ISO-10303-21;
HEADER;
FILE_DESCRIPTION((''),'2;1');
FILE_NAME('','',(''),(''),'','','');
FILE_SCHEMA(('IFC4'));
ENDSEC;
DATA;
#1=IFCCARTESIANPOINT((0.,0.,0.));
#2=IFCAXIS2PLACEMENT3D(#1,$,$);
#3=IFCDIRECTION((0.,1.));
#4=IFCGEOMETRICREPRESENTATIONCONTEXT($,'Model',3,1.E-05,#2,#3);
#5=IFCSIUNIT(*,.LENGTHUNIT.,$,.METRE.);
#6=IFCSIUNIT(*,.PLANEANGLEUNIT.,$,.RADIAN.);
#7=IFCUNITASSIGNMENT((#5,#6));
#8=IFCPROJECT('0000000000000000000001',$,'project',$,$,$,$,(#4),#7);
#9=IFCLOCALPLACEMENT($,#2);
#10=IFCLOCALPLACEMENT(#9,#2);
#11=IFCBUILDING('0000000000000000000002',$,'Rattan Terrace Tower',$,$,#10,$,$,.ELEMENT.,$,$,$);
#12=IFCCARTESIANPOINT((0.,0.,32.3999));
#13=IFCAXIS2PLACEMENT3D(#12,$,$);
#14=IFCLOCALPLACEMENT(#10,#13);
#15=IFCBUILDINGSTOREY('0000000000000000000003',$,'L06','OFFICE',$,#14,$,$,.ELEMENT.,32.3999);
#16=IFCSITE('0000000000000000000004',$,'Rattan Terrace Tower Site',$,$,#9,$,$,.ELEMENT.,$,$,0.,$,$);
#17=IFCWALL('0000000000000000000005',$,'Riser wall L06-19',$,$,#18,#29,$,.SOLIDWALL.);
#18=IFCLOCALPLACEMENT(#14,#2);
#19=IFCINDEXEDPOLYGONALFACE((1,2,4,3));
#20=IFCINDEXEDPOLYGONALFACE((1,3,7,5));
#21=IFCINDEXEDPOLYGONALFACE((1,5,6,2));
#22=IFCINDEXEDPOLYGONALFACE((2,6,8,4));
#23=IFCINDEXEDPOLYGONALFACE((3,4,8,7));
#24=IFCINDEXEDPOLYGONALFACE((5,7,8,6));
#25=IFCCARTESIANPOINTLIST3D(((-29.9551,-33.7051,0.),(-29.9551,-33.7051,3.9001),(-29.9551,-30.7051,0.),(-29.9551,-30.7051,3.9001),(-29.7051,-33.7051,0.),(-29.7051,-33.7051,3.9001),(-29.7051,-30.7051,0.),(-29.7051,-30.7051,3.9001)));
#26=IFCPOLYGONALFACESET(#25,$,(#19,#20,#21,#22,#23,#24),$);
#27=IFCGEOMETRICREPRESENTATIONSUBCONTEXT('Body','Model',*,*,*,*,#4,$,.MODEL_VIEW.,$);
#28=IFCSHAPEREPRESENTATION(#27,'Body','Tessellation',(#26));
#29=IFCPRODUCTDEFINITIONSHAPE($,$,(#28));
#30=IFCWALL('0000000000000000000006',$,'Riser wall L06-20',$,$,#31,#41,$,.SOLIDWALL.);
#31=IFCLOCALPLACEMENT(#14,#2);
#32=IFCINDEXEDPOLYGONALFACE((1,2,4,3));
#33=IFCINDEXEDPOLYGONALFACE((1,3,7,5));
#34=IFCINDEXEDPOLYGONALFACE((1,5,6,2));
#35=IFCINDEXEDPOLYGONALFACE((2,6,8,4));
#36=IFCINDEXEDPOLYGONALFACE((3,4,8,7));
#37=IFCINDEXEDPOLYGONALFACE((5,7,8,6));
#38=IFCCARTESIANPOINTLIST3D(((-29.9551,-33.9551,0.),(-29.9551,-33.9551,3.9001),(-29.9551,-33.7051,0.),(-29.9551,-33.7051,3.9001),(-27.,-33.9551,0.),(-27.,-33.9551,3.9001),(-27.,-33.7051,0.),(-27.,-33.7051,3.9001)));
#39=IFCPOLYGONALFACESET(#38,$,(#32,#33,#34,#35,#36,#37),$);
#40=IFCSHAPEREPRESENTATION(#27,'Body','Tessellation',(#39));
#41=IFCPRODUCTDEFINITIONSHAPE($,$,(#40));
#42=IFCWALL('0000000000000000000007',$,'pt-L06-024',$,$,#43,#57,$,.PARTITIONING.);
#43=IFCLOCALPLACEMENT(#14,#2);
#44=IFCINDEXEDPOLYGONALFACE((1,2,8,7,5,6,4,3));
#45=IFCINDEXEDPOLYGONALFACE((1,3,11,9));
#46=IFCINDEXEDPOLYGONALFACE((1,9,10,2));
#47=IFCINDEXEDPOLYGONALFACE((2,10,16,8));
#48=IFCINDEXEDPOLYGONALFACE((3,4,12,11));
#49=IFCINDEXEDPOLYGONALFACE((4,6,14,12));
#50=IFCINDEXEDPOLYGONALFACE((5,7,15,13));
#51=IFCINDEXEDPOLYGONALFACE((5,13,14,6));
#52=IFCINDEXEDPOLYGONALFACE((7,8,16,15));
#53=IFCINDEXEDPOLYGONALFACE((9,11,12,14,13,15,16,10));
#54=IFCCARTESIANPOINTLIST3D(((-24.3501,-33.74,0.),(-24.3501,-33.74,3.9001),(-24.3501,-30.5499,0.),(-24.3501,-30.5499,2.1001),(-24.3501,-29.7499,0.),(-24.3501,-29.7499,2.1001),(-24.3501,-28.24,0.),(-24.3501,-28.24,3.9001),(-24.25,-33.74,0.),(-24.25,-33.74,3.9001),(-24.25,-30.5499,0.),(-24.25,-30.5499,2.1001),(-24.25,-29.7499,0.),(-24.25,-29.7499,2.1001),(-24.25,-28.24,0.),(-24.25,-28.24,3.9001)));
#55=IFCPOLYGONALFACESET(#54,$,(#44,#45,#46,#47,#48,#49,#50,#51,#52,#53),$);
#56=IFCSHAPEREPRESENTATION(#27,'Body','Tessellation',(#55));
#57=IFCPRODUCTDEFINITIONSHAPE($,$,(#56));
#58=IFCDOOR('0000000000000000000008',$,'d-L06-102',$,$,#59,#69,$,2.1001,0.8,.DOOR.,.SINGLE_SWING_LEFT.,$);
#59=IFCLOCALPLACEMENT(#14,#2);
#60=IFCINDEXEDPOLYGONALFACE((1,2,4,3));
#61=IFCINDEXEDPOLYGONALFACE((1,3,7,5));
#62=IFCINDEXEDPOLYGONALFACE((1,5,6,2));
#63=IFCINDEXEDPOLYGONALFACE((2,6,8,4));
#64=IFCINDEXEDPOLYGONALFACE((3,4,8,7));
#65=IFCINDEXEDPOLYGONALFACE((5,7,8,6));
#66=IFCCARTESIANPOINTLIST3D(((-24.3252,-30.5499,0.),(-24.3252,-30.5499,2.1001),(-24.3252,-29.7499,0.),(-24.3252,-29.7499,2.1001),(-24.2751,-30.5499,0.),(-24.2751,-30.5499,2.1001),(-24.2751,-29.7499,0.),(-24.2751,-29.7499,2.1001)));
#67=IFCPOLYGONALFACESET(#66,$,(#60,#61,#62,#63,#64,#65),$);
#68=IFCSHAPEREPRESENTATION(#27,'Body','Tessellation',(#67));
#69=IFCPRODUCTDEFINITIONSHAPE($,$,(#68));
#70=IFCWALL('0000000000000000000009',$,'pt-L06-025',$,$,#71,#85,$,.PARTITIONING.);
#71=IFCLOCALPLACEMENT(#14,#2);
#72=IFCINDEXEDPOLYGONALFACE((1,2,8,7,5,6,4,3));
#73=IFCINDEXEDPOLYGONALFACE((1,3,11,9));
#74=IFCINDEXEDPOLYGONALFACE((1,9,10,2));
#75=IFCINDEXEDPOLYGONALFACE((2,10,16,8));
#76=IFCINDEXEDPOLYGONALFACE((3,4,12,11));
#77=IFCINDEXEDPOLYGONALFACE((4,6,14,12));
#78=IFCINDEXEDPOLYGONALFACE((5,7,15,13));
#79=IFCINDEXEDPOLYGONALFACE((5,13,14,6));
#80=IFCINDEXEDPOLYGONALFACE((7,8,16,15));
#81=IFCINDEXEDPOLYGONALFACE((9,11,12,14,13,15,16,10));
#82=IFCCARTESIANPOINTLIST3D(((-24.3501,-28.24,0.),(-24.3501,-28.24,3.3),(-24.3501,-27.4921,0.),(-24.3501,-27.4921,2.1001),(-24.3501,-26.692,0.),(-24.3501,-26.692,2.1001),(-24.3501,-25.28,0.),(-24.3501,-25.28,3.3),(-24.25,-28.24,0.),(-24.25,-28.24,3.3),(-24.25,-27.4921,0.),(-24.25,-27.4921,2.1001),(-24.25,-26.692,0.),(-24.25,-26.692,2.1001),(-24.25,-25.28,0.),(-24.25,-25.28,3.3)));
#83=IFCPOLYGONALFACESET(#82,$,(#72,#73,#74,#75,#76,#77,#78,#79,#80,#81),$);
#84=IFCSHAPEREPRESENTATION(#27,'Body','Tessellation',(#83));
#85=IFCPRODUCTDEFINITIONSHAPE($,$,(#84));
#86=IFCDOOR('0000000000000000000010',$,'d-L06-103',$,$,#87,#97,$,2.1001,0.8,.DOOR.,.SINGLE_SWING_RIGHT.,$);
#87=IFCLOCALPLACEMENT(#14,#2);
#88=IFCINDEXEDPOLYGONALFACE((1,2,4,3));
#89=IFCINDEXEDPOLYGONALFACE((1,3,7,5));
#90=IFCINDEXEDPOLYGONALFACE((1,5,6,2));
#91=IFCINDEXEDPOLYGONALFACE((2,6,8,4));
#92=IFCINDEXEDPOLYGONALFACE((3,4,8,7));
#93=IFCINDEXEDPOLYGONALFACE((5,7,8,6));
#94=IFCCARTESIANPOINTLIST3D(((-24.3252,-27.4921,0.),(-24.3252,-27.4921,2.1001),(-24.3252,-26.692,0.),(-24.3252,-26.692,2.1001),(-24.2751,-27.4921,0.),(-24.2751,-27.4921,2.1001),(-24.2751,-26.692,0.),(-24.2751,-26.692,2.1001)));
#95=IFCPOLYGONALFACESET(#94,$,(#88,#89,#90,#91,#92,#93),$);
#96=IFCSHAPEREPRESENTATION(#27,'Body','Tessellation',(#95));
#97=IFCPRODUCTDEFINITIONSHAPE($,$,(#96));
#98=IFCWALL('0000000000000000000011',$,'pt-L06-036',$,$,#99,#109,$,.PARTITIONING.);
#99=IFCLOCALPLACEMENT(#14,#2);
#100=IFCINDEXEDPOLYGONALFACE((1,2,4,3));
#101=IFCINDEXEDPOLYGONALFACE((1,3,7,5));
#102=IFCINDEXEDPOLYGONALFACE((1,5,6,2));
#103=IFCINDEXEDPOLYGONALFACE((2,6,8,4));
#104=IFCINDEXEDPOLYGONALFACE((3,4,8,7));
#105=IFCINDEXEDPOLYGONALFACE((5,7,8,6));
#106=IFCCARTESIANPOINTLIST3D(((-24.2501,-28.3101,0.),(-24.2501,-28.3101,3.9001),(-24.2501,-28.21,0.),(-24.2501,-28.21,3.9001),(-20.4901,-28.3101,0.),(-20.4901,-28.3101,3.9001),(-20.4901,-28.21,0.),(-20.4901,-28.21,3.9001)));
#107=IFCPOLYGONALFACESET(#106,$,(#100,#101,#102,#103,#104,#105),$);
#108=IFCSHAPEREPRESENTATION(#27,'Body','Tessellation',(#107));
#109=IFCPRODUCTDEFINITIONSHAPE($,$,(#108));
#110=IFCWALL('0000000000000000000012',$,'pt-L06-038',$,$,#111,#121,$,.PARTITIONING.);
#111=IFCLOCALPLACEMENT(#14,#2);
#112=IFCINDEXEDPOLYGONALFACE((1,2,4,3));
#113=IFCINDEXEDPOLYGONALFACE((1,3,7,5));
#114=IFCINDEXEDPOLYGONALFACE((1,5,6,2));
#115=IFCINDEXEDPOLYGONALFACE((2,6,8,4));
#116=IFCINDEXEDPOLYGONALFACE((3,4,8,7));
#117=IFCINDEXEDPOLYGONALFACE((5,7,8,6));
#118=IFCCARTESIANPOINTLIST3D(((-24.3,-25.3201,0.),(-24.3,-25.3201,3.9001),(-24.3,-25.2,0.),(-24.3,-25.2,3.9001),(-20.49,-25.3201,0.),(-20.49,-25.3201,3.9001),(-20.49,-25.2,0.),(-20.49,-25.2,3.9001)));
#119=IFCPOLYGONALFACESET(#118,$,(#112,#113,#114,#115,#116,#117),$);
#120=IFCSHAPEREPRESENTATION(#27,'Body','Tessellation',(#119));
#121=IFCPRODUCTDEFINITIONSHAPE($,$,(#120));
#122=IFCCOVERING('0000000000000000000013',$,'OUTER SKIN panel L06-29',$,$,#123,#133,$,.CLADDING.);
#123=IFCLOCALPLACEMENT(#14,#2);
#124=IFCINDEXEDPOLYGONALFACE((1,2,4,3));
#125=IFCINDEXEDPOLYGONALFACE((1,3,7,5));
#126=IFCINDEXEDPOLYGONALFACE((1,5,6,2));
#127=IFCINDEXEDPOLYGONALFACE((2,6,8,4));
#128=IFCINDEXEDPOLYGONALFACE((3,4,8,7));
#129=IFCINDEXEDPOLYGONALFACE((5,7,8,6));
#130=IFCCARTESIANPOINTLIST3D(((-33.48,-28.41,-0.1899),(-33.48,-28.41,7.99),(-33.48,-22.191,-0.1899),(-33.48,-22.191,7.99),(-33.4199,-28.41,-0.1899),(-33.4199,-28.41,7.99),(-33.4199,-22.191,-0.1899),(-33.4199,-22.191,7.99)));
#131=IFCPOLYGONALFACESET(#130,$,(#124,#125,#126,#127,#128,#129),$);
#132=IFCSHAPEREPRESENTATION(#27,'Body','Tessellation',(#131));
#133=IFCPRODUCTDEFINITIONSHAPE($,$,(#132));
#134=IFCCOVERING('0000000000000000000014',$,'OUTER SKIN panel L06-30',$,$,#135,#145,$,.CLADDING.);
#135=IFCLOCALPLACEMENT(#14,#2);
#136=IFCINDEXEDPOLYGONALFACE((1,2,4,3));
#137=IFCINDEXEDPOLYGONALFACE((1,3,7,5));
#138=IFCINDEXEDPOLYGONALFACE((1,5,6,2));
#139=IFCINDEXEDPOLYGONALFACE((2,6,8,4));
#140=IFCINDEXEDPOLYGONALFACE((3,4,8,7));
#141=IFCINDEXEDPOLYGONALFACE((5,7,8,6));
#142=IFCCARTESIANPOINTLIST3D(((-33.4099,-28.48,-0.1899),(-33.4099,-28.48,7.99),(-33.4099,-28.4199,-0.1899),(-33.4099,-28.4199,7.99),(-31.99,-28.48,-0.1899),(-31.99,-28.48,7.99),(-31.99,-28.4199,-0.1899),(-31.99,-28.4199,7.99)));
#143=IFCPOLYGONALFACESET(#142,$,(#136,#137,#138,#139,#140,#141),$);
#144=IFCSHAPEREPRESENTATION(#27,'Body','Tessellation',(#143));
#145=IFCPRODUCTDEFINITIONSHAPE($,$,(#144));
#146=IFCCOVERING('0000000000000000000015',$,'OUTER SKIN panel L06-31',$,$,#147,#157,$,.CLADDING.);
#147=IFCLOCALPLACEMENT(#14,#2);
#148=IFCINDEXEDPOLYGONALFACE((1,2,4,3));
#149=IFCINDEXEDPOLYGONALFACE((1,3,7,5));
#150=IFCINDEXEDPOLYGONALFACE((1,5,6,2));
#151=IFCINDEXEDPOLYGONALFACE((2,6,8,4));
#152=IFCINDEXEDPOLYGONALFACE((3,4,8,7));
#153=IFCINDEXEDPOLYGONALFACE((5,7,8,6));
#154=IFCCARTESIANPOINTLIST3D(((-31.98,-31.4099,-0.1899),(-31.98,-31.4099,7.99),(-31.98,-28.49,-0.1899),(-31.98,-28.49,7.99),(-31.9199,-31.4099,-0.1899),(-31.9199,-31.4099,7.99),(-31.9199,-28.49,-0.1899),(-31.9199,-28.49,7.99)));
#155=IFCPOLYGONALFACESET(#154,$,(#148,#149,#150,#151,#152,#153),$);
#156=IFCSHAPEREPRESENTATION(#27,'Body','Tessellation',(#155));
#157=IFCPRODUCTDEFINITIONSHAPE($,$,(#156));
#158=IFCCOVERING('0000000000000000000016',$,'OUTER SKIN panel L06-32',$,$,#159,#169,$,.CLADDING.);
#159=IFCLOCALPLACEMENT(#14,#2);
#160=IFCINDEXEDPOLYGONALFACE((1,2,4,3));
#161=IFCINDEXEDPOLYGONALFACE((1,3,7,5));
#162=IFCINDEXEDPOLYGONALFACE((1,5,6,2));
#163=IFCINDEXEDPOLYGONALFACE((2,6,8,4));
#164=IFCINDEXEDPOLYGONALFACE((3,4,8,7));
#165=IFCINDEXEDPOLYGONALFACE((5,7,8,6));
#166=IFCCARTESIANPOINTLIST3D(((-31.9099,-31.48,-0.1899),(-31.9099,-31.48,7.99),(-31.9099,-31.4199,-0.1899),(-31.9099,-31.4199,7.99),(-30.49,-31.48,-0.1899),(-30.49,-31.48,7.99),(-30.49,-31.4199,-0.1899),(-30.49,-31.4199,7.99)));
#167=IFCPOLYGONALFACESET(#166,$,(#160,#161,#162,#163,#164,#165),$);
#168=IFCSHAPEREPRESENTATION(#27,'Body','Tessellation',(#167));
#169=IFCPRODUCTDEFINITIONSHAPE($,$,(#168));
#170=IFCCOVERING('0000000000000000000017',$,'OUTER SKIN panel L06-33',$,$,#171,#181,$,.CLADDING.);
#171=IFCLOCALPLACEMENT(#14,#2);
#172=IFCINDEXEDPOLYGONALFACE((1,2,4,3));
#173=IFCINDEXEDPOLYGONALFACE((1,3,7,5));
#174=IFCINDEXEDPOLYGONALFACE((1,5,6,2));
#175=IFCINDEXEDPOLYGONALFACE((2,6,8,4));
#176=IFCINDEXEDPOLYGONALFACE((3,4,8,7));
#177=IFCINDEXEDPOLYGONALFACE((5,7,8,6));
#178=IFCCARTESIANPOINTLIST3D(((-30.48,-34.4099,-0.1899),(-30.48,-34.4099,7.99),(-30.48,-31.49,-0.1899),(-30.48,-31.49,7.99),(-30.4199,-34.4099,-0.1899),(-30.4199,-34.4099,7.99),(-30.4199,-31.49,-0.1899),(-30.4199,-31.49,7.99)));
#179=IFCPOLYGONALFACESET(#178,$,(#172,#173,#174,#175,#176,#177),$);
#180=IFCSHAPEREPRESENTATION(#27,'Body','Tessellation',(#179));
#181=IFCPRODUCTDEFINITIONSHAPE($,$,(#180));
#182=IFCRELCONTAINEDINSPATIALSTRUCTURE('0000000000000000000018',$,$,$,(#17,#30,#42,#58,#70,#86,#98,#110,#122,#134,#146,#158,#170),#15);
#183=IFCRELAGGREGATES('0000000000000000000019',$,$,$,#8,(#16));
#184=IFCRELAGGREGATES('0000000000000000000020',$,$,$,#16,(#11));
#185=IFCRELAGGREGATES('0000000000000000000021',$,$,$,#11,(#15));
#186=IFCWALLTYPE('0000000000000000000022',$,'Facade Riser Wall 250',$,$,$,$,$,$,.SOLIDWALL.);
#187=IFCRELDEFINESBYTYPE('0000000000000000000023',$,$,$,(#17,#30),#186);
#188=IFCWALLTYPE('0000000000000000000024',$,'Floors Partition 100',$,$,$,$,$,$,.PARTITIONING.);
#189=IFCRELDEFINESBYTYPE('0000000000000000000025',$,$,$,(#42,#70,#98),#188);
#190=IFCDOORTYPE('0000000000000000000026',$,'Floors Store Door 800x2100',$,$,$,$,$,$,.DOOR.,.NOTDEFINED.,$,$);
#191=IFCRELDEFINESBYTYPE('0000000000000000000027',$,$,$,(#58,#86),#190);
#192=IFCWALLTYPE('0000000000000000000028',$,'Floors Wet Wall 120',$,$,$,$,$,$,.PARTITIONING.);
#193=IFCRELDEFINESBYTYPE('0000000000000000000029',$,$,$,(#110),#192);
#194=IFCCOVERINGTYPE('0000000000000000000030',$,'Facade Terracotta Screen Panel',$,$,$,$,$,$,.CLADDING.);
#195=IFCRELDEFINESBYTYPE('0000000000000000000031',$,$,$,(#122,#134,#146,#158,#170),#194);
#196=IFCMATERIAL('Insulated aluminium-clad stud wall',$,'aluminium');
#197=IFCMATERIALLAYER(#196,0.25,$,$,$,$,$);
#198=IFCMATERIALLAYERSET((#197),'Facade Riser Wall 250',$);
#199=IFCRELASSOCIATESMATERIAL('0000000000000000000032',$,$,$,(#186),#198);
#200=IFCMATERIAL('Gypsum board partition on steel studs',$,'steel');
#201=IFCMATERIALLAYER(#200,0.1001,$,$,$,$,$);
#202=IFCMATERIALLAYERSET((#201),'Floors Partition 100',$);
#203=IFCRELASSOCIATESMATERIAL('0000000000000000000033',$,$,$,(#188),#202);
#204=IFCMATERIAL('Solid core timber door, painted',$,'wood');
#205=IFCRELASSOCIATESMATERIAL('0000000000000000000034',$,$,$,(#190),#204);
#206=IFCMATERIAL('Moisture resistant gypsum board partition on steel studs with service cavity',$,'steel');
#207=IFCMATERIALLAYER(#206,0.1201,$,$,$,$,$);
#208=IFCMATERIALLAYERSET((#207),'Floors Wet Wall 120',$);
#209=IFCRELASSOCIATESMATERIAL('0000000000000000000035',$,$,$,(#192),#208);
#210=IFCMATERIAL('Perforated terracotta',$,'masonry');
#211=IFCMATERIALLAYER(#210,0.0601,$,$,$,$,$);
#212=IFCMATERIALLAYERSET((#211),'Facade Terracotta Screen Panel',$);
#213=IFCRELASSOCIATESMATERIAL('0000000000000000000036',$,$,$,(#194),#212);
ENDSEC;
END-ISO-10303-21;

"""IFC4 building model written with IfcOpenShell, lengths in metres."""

from ifc_helpers import new_model, si_unit, direction, frame, frame_2d, origin, origin_2d, place, context, subcontext, project, spatial, rectangle, extrude, material, layer, layer_set, type_object, element, fill, save


model = new_model("IFC4")

# Units and contexts
model_context = context("Model", 3, precision=1e-05, world=origin(), true_north=direction((0.0, 1.0)))
body_context = subcontext(model_context, "Body", "Model", "MODEL_VIEW")
ifc_project = project(units=[si_unit("LENGTHUNIT", "METRE"), si_unit("PLANEANGLEUNIT", "RADIAN")], contexts=[model_context])

# Site, building, storey
site_placement = place(None, origin())
site = spatial("IfcSite", under=ifc_project, at=site_placement, Name="Rattan Terrace Tower Site", CompositionType="ELEMENT", RefElevation=0.0)
building_placement = place(site_placement, origin())
building = spatial("IfcBuilding", under=site, at=building_placement, Name="Rattan Terrace Tower", CompositionType="ELEMENT")
storey_placement = place(building_placement, frame((0.0, 0.0, 32.3999)))
storey = spatial("IfcBuildingStorey", under=building, at=storey_placement, Name="L06", Description="OFFICE", CompositionType="ELEMENT", Elevation=32.3999)

# Walls
ifc_material_1 = material(Name="Insulated aluminium-clad stud wall", Category="aluminium")
ifc_layer_1 = layer(ifc_material_1, 0.25)
ifc_layer_set_1 = layer_set([ifc_layer_1], Name="Facade Riser Wall 250")
wall_type_1 = type_object("IfcWallType", Name="Facade Riser Wall 250", PredefinedType="SOLIDWALL", material=ifc_layer_set_1)
wall_1_placement = place(storey_placement, frame((-29.8301, -30.7051, 0.0), z_axis=(0.0, 0.0, 1.0), x_axis=(0.0, -1.0, 0.0)))
element("IfcWall", 1, at=wall_1_placement, inside=storey, type_object=wall_type_1, Name="Riser wall L06-19", PredefinedType="SOLIDWALL", context=body_context, shape_type="SweptSolid", body=[
    extrude(rectangle(XDim=3.0, YDim=0.25, at=frame_2d((1.5, 0.0))), origin(), (0.0, 0.0, 1.0), 3.9001),
])
wall_2_placement = place(storey_placement, frame((-29.9551, -33.8301, 0.0), z_axis=(0.0, 0.0, 1.0), x_axis=(1.0, 0.0, 0.0)))
element("IfcWall", 2, at=wall_2_placement, inside=storey, type_object=wall_type_1, Name="Riser wall L06-20", PredefinedType="SOLIDWALL", context=body_context, shape_type="SweptSolid", body=[
    extrude(rectangle(XDim=2.9551, YDim=0.25, at=frame_2d((1.4775, 0.0))), origin(), (0.0, 0.0, 1.0), 3.9001),
])

# Walls, openings, doors
ifc_material_2 = material(Name="Gypsum board partition on steel studs", Category="steel")
ifc_layer_2 = layer(ifc_material_2, 0.1001)
ifc_layer_set_2 = layer_set([ifc_layer_2], Name="Floors Partition 100")
wall_type_2 = type_object("IfcWallType", Name="Floors Partition 100", PredefinedType="PARTITIONING", material=ifc_layer_set_2)
wall_3_placement = place(storey_placement, frame((-24.3, -28.24, 0.0), z_axis=(0.0, 0.0, 1.0), x_axis=(0.0, -1.0, 0.0)))
wall_3 = element("IfcWall", 3, at=wall_3_placement, inside=storey, type_object=wall_type_2, Name="pt-L06-024", PredefinedType="PARTITIONING", context=body_context, shape_type="SweptSolid", body=[
    extrude(rectangle(XDim=5.5, YDim=0.1001, at=frame_2d((2.75, 0.0))), origin(), (0.0, 0.0, 1.0), 3.9001),
])
opening_1_placement = place(wall_3_placement, frame((1.51, 0.0, 0.0)))
opening_1 = element("IfcOpeningElement", 4, at=opening_1_placement, cuts=wall_3, PredefinedType="OPENING", context=body_context, shape_type="SweptSolid", body=[
    extrude(rectangle(XDim=0.8, YDim=2.1001, at=frame_2d((0.3999, 1.05))), frame((0.0, 0.0605, 0.0), z_axis=(0.0, -1.0, 0.0), x_axis=(1.0, 0.0, 0.0)), (0.0, 0.0, 1.0), 0.1211),
])
ifc_material_3 = material(Name="Solid core timber door, painted", Category="wood")
door_type = type_object("IfcDoorType", Name="Floors Store Door 800x2100", OperationType="NOTDEFINED", PredefinedType="DOOR", material=ifc_material_3)
door_1_placement = place(opening_1_placement, origin())
door_1 = element("IfcDoor", 5, at=door_1_placement, inside=storey, type_object=door_type, Name="d-L06-102", OperationType="SINGLE_SWING_LEFT", OverallHeight=2.1001, OverallWidth=0.8, PredefinedType="DOOR", context=body_context, shape_type="SweptSolid", body=[
    extrude(rectangle(XDim=0.8, YDim=2.1001, at=frame_2d((0.3999, 1.05))), frame((0.0, 0.0249, 0.0), z_axis=(0.0, -1.0, 0.0), x_axis=(1.0, 0.0, 0.0)), (0.0, 0.0, 1.0), 0.05),
])
fill(opening_1, door_1)
wall_4_placement = place(storey_placement, frame((-24.3, -25.28, 0.0), z_axis=(0.0, 0.0, 1.0), x_axis=(0.0, -1.0, 0.0)))
wall_4 = element("IfcWall", 6, at=wall_4_placement, inside=storey, type_object=wall_type_2, Name="pt-L06-025", PredefinedType="PARTITIONING", context=body_context, shape_type="SweptSolid", body=[
    extrude(rectangle(XDim=2.96, YDim=0.1001, at=frame_2d((1.48, 0.0))), origin(), (0.0, 0.0, 1.0), 3.3),
])
opening_2_placement = place(wall_4_placement, frame((1.4121, 0.0, 0.0)))
opening_2 = element("IfcOpeningElement", 7, at=opening_2_placement, cuts=wall_4, PredefinedType="OPENING", context=body_context, shape_type="SweptSolid", body=[
    extrude(rectangle(XDim=0.8, YDim=2.1001, at=frame_2d((0.3999, 1.05))), frame((0.0, 0.0605, 0.0), z_axis=(0.0, -1.0, 0.0), x_axis=(1.0, 0.0, 0.0)), (0.0, 0.0, 1.0), 0.1211),
])
door_2_placement = place(opening_2_placement, origin())
door_2 = element("IfcDoor", 8, at=door_2_placement, inside=storey, type_object=door_type, Name="d-L06-103", OperationType="SINGLE_SWING_RIGHT", OverallHeight=2.1001, OverallWidth=0.8, PredefinedType="DOOR", context=body_context, shape_type="SweptSolid", body=[
    extrude(rectangle(XDim=0.8, YDim=2.1001, at=frame_2d((0.3999, 1.05))), frame((0.0, 0.0249, 0.0), z_axis=(0.0, -1.0, 0.0), x_axis=(1.0, 0.0, 0.0)), (0.0, 0.0, 1.0), 0.05),
])
fill(opening_2, door_2)

# Walls
wall_5_placement = place(storey_placement, frame((-24.25, -28.26, 0.0), z_axis=(0.0, 0.0, 1.0), x_axis=(1.0, 0.0, 0.0)))
element("IfcWall", 9, at=wall_5_placement, inside=storey, type_object=wall_type_2, Name="pt-L06-036", PredefinedType="PARTITIONING", context=body_context, shape_type="SweptSolid", body=[
    extrude(rectangle(XDim=3.76, YDim=0.1001, at=frame_2d((1.8799, 0.0))), origin(), (0.0, 0.0, 1.0), 3.9001),
])
ifc_material_4 = material(Name="Moisture resistant gypsum board partition on steel studs with service cavity", Category="steel")
ifc_layer_3 = layer(ifc_material_4, 0.1201)
ifc_layer_set_3 = layer_set([ifc_layer_3], Name="Floors Wet Wall 120")
wall_type_3 = type_object("IfcWallType", Name="Floors Wet Wall 120", PredefinedType="PARTITIONING", material=ifc_layer_set_3)
wall_6_placement = place(storey_placement, frame((-24.3, -25.26, 0.0), z_axis=(0.0, 0.0, 1.0), x_axis=(1.0, 0.0, 0.0)))
element("IfcWall", 10, at=wall_6_placement, inside=storey, type_object=wall_type_3, Name="pt-L06-038", PredefinedType="PARTITIONING", context=body_context, shape_type="SweptSolid", body=[
    extrude(rectangle(XDim=3.8101, YDim=0.1201, at=frame_2d((1.905, 0.0))), origin(), (0.0, 0.0, 1.0), 3.9001),
])

# Coverings
ifc_material_5 = material(Name="Perforated terracotta", Category="masonry")
ifc_layer_4 = layer(ifc_material_5, 0.0601)
ifc_layer_set_4 = layer_set([ifc_layer_4], Name="Facade Terracotta Screen Panel")
covering_type = type_object("IfcCoveringType", Name="Facade Terracotta Screen Panel", PredefinedType="CLADDING", material=ifc_layer_set_4)
covering_1_placement = place(storey_placement, frame((-33.45, -25.3005, -0.1899), z_axis=(0.0, 0.0, 1.0), x_axis=(0.0, -1.0, 0.0)))
element("IfcCovering", 11, at=covering_1_placement, inside=storey, type_object=covering_type, Name="OUTER SKIN panel L06-29", PredefinedType="CLADDING", context=body_context, shape_type="SweptSolid", body=[
    extrude(rectangle(XDim=6.219, YDim=0.0601, at=origin_2d()), origin(), (0.0, 0.0, 1.0), 8.1799),
])
covering_2_placement = place(storey_placement, frame((-32.7, -28.45, -0.1899), z_axis=(0.0, 0.0, 1.0), x_axis=(1.0, 0.0, 0.0)))
element("IfcCovering", 12, at=covering_2_placement, inside=storey, type_object=covering_type, Name="OUTER SKIN panel L06-30", PredefinedType="CLADDING", context=body_context, shape_type="SweptSolid", body=[
    extrude(rectangle(XDim=1.4199, YDim=0.0601, at=origin_2d()), origin(), (0.0, 0.0, 1.0), 8.1799),
])
covering_3_placement = place(storey_placement, frame((-31.95, -29.95, -0.1899), z_axis=(0.0, 0.0, 1.0), x_axis=(0.0, -1.0, 0.0)))
element("IfcCovering", 13, at=covering_3_placement, inside=storey, type_object=covering_type, Name="OUTER SKIN panel L06-31", PredefinedType="CLADDING", context=body_context, shape_type="SweptSolid", body=[
    extrude(rectangle(XDim=2.9199, YDim=0.0601, at=origin_2d()), origin(), (0.0, 0.0, 1.0), 8.1799),
])
covering_4_placement = place(storey_placement, frame((-31.2, -31.45, -0.1899), z_axis=(0.0, 0.0, 1.0), x_axis=(1.0, 0.0, 0.0)))
element("IfcCovering", 14, at=covering_4_placement, inside=storey, type_object=covering_type, Name="OUTER SKIN panel L06-32", PredefinedType="CLADDING", context=body_context, shape_type="SweptSolid", body=[
    extrude(rectangle(XDim=1.4199, YDim=0.0601, at=origin_2d()), origin(), (0.0, 0.0, 1.0), 8.1799),
])
covering_5_placement = place(storey_placement, frame((-30.45, -32.95, -0.1899), z_axis=(0.0, 0.0, 1.0), x_axis=(0.0, -1.0, 0.0)))
element("IfcCovering", 15, at=covering_5_placement, inside=storey, type_object=covering_type, Name="OUTER SKIN panel L06-33", PredefinedType="CLADDING", context=body_context, shape_type="SweptSolid", body=[
    extrude(rectangle(XDim=2.9199, YDim=0.0601, at=origin_2d()), origin(), (0.0, 0.0, 1.0), 8.1799),
])

save(model, "model.ifc")
